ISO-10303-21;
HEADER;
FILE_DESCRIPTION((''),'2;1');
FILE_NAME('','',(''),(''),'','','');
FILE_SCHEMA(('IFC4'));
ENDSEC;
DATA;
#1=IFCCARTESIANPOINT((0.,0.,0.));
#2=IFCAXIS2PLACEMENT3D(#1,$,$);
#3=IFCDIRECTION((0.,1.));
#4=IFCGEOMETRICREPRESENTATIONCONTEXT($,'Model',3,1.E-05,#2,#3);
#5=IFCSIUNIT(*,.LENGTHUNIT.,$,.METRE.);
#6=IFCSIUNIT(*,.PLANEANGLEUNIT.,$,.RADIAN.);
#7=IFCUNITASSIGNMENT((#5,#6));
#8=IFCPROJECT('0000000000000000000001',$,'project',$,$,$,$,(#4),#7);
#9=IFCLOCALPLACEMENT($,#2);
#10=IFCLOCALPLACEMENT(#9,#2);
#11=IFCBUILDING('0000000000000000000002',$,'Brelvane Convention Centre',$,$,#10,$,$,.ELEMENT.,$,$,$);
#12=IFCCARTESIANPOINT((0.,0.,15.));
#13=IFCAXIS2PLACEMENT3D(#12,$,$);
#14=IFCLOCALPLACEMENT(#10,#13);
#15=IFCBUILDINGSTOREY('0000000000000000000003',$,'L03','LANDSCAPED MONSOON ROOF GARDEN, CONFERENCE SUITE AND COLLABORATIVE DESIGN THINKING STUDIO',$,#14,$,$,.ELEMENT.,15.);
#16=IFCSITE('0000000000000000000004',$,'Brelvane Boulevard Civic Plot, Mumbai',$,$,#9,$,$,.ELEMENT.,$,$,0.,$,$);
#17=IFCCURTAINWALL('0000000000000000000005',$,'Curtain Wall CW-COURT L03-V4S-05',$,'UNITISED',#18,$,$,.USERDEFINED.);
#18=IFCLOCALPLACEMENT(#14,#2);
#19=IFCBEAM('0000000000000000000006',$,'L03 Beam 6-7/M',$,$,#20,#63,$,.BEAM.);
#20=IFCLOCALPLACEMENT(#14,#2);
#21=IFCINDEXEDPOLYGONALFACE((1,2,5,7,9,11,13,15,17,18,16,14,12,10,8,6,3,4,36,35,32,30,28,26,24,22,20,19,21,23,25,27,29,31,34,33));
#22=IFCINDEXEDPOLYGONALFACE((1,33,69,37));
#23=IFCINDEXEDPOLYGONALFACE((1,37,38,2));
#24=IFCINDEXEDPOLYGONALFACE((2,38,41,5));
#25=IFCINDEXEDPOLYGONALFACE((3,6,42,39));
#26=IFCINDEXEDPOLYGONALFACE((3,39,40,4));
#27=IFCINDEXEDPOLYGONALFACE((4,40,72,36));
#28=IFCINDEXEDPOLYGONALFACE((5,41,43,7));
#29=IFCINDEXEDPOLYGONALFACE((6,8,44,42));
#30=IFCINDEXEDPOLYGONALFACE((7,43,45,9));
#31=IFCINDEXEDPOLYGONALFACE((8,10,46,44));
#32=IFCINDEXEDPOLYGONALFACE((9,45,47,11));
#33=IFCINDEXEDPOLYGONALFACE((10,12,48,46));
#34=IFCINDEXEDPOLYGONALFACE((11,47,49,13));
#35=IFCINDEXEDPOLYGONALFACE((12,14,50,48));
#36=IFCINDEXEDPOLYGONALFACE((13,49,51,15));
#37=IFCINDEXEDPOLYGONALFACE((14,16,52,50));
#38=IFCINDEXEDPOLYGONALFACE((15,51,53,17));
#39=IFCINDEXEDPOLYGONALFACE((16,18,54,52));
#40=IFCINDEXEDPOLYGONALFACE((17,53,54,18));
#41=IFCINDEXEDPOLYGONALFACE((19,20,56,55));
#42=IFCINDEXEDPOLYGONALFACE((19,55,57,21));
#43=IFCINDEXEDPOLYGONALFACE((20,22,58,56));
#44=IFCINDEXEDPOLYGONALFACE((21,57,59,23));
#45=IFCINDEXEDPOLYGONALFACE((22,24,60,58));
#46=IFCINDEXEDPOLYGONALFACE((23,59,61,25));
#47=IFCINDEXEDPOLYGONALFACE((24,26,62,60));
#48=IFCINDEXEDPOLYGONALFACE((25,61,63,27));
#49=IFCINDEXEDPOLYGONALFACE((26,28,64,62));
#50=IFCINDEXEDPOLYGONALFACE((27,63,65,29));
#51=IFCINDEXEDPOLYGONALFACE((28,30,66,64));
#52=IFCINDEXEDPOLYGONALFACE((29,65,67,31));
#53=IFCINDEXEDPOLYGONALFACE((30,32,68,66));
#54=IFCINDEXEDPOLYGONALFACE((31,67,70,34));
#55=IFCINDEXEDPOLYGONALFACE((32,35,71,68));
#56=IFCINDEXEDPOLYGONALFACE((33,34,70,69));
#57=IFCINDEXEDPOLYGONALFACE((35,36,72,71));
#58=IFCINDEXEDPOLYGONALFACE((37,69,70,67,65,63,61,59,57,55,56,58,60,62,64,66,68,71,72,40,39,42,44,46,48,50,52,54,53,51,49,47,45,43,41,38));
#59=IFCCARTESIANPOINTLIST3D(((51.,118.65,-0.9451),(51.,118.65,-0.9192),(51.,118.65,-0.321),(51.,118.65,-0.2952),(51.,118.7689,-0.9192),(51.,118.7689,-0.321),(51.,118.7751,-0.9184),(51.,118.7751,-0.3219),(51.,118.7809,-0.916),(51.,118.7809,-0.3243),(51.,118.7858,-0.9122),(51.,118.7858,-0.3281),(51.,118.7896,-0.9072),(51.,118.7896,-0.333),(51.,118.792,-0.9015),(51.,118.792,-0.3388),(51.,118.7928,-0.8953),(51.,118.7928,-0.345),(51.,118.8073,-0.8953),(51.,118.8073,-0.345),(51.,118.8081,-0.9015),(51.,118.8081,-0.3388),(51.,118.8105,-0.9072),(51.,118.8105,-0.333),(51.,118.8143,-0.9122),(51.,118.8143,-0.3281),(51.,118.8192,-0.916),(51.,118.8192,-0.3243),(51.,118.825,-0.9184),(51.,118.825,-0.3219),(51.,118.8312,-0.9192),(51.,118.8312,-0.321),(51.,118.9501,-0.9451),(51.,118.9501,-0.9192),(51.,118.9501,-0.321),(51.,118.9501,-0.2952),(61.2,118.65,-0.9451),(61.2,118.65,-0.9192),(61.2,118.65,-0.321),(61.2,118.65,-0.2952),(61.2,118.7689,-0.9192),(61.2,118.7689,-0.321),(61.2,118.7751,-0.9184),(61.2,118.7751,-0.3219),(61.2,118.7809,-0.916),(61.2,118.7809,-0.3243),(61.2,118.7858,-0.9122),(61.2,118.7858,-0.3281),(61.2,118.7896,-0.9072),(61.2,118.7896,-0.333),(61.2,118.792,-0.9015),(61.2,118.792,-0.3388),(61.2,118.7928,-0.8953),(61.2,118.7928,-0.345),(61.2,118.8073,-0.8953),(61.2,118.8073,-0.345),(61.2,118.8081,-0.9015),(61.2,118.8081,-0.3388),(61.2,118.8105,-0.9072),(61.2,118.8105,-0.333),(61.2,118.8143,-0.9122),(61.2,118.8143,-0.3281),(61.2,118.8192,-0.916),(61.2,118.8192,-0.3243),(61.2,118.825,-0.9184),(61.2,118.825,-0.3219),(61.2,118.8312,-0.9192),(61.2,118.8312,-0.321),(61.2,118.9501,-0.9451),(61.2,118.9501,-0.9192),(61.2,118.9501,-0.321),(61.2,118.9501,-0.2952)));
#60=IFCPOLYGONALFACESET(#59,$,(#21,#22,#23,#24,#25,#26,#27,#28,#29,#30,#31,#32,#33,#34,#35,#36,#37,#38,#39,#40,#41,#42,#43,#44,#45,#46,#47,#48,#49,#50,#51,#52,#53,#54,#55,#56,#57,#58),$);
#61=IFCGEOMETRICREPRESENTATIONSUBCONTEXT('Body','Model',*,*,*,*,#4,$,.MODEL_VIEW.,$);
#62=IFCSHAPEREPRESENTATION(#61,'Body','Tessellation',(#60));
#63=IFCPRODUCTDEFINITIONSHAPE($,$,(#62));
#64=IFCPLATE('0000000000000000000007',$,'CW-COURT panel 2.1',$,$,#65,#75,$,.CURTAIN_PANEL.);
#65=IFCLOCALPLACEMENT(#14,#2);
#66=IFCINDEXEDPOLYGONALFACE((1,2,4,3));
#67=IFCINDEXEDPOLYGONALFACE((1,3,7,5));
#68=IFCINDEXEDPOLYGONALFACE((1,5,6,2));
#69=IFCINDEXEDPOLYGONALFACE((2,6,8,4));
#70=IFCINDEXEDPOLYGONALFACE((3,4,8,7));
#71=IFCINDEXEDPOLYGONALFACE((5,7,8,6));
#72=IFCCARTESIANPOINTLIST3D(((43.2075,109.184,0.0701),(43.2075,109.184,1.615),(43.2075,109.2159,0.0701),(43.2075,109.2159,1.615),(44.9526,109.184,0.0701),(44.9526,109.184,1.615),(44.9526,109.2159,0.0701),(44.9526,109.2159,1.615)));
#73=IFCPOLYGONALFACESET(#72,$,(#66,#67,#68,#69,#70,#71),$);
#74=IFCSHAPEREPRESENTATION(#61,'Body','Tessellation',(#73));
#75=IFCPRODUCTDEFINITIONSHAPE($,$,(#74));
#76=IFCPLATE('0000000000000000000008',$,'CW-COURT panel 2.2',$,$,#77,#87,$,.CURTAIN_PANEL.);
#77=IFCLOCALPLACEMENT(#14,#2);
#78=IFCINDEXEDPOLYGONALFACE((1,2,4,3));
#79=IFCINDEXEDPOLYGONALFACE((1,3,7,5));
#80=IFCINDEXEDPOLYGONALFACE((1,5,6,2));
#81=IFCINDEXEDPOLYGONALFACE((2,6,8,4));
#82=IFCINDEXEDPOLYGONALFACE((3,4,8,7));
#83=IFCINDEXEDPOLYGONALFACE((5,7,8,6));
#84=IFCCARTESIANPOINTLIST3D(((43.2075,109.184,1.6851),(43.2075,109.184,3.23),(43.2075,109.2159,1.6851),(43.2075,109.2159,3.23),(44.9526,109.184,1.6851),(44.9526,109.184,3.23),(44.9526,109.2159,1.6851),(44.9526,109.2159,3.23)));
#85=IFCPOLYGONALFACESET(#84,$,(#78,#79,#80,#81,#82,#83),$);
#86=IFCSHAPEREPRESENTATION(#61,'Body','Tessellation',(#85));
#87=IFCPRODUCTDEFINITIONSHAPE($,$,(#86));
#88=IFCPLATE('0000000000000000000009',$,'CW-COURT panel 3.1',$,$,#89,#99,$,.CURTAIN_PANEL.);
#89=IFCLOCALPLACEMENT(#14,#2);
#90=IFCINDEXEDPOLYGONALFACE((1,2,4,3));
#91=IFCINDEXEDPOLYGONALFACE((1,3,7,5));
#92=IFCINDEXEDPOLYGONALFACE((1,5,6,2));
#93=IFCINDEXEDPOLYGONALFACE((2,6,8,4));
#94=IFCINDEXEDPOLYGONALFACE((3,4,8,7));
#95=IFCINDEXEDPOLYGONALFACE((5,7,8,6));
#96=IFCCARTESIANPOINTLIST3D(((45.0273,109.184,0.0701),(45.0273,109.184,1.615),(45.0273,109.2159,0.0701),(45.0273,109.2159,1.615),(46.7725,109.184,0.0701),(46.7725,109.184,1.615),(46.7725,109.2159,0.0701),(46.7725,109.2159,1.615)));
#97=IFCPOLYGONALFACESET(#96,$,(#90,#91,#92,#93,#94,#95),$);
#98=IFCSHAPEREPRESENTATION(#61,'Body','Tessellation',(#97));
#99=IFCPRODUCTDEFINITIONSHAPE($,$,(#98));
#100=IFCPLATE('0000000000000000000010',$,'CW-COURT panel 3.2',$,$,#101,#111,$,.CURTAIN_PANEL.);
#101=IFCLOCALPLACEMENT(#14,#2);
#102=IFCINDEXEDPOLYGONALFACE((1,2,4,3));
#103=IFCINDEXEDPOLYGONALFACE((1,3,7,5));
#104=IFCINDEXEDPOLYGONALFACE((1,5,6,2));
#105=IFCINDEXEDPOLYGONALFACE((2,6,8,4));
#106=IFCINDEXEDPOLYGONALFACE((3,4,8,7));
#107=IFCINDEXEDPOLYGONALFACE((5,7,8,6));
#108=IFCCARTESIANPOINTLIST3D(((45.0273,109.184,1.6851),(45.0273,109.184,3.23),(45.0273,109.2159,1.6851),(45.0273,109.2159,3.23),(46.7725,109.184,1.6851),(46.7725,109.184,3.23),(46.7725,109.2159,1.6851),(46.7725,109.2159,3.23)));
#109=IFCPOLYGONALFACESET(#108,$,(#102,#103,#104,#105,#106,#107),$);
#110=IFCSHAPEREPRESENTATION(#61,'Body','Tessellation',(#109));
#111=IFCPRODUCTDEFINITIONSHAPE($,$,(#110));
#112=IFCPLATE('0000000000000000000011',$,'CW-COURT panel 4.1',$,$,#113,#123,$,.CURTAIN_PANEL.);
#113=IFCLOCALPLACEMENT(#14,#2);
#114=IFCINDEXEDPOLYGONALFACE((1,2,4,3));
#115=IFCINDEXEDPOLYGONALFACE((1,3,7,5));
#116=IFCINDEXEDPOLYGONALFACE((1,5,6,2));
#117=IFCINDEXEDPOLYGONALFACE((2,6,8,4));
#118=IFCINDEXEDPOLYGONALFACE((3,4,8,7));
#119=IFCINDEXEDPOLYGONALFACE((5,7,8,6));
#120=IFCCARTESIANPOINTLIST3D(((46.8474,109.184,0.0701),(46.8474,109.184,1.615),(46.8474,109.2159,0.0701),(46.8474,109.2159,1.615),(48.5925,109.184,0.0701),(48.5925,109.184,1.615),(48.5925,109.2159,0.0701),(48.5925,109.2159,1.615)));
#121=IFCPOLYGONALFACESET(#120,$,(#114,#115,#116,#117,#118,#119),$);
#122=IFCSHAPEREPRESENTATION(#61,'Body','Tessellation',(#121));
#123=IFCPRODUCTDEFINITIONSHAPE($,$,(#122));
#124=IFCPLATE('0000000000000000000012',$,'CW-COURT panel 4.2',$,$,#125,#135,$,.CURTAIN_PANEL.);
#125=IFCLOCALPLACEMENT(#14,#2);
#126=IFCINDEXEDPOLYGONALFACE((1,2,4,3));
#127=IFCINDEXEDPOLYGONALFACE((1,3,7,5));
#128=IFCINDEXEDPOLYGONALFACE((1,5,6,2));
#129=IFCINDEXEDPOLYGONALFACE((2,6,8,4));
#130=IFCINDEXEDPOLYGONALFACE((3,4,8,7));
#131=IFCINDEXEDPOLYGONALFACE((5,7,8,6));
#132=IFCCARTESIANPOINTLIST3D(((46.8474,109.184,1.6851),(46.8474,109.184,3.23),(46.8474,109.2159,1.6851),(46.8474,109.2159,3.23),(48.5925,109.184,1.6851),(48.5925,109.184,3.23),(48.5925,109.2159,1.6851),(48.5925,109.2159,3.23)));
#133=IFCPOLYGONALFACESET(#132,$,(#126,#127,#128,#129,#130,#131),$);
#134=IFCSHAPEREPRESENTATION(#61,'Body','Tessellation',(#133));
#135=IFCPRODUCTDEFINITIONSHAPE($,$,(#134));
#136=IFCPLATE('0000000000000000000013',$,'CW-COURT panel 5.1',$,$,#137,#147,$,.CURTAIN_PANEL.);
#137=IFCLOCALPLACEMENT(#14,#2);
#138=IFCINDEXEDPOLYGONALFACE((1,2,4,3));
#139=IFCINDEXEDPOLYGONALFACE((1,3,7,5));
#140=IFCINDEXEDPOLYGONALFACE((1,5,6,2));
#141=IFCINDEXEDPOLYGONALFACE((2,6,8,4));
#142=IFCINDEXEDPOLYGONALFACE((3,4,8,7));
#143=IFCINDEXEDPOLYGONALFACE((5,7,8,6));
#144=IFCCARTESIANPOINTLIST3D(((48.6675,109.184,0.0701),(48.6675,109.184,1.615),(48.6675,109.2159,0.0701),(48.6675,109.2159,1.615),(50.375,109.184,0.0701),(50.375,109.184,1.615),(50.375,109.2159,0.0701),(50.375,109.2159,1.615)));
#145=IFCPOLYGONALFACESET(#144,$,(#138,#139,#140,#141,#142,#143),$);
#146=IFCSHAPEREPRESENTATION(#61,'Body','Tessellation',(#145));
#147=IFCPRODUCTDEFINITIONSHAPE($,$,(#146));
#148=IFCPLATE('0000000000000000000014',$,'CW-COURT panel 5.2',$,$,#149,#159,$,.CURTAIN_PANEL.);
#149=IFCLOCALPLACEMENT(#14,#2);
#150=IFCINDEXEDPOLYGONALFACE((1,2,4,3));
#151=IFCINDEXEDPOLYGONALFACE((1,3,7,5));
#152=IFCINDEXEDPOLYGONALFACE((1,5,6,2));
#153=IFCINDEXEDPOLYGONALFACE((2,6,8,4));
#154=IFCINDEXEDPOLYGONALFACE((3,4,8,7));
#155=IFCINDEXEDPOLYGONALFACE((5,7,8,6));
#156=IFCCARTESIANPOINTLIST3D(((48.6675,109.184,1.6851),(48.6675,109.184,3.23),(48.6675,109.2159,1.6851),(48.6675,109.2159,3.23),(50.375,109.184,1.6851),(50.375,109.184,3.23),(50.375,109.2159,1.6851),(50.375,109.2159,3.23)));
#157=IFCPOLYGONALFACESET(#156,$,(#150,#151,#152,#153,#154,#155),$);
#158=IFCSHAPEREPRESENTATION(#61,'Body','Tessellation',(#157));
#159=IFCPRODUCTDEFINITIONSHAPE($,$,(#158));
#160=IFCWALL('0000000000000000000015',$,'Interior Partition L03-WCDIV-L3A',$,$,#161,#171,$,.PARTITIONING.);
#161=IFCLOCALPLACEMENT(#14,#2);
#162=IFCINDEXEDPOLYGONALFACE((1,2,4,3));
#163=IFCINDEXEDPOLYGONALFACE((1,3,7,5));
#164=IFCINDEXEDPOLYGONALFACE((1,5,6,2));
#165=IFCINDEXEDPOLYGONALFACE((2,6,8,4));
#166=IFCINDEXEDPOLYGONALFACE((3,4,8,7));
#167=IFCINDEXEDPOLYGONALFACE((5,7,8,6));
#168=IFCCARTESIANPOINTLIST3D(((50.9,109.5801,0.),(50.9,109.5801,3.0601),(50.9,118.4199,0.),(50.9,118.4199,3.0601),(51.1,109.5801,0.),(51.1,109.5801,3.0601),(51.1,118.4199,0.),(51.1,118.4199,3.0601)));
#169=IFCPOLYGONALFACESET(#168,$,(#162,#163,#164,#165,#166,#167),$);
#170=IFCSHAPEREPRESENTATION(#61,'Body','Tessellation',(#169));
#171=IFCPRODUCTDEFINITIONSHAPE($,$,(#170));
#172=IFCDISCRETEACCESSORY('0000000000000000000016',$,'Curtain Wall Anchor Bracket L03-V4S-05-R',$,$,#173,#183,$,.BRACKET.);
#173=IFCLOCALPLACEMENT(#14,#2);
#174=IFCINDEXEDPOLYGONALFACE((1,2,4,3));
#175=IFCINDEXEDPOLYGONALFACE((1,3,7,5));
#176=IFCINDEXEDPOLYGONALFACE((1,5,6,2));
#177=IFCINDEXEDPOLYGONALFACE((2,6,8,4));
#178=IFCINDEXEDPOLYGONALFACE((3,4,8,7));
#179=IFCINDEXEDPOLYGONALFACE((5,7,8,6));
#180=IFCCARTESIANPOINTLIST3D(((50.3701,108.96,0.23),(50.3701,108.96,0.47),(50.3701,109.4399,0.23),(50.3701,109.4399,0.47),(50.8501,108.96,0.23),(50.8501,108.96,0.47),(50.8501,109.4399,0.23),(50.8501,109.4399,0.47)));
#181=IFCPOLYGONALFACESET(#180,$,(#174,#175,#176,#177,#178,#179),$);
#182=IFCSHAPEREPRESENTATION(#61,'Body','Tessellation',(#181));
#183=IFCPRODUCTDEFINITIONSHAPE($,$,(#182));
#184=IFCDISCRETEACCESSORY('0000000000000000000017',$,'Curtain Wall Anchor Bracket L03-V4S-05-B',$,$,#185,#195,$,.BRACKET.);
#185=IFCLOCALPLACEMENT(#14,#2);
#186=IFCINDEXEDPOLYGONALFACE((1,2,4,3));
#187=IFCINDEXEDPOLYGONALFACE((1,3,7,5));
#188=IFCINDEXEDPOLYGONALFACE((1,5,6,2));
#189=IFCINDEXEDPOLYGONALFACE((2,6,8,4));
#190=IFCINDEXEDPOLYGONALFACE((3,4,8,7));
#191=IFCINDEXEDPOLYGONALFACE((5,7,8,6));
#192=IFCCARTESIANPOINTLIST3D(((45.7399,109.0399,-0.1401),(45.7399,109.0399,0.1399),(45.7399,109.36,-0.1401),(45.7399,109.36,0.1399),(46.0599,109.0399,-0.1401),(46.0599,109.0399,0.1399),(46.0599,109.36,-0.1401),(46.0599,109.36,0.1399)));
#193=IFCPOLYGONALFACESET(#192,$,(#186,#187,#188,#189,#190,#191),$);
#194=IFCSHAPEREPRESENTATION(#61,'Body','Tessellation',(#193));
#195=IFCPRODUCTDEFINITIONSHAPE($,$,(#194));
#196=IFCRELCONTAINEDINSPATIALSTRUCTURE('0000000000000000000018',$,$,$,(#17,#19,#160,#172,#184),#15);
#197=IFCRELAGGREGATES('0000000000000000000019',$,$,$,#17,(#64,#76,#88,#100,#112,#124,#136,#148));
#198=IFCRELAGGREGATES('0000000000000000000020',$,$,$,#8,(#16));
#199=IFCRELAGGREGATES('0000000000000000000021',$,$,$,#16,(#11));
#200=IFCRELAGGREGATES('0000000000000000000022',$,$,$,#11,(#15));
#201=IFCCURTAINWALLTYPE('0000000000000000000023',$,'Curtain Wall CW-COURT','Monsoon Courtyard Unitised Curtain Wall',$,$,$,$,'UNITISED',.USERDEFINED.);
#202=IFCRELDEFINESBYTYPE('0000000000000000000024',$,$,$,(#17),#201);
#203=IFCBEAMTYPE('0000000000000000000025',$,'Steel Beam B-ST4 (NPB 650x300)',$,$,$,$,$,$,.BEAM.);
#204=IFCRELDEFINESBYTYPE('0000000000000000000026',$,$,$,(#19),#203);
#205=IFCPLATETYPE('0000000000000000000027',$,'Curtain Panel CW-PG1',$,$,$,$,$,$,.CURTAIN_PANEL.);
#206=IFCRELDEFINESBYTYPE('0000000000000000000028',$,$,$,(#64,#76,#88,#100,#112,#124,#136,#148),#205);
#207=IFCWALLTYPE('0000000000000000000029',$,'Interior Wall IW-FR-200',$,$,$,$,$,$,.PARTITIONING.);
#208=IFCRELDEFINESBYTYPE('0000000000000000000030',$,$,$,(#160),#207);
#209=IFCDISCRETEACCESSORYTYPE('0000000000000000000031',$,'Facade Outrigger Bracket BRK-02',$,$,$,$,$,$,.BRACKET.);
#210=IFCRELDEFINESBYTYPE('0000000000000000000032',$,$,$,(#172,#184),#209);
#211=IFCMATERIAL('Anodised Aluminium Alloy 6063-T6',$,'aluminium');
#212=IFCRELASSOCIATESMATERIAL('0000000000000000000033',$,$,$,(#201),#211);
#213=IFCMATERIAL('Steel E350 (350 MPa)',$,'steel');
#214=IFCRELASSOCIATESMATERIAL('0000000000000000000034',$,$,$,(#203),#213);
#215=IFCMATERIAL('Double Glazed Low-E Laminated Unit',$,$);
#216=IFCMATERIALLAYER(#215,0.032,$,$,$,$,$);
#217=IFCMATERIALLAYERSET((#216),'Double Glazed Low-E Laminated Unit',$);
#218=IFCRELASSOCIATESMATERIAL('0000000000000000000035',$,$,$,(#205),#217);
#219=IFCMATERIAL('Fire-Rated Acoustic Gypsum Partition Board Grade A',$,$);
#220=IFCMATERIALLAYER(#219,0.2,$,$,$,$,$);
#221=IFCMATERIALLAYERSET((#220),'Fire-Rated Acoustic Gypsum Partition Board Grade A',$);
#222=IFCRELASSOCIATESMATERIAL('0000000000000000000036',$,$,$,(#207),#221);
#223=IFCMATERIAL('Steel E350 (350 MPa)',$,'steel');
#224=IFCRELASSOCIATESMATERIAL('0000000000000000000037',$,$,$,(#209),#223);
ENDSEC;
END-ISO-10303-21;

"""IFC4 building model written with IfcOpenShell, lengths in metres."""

from ifc_helpers import new_model, si_unit, direction, frame, frame_2d, origin, origin_2d, place, context, subcontext, project, spatial, rectangle, i_section, extrude, material, layer, layer_set, material_profile, profile_set, type_object, element, aggregate, save


model = new_model("IFC4")

# Units and contexts
model_context = context("Model", 3, precision=1e-05, world=origin(), true_north=direction((0.0, 1.0)))
body_context = subcontext(model_context, "Body", "Model", "MODEL_VIEW")
ifc_project = project(units=[si_unit("LENGTHUNIT", "METRE"), si_unit("PLANEANGLEUNIT", "RADIAN")], contexts=[model_context])

# Site, building, storey
site_placement = place(None, origin())
site = spatial("IfcSite", under=ifc_project, at=site_placement, Name="Brelvane Boulevard Civic Plot, Mumbai", CompositionType="ELEMENT", RefElevation=0.0)
building_placement = place(site_placement, origin())
building = spatial("IfcBuilding", under=site, at=building_placement, Name="Brelvane Convention Centre", CompositionType="ELEMENT")
storey_placement = place(building_placement, frame((0.0, 0.0, 15.0)))
storey = spatial("IfcBuildingStorey", under=building, at=storey_placement, Name="L03", Description="LANDSCAPED MONSOON ROOF GARDEN, CONFERENCE SUITE AND COLLABORATIVE DESIGN THINKING STUDIO", CompositionType="ELEMENT", Elevation=15.0)

# Curtain wall
ifc_material_1 = material(Name="Anodised Aluminium Alloy 6063-T6", Category="aluminium")
curtain_wall_type = type_object("IfcCurtainWallType", Name="Curtain Wall CW-COURT", Description="Monsoon Courtyard Unitised Curtain Wall", ElementType="UNITISED", PredefinedType="USERDEFINED", material=ifc_material_1)
curtain_wall_placement = place(storey_placement, origin())
curtain_wall = element("IfcCurtainWall", 1, at=curtain_wall_placement, inside=storey, type_object=curtain_wall_type, Name="Curtain Wall CW-COURT L03-V4S-05", ObjectType="UNITISED", PredefinedType="USERDEFINED")

# Beam
ifc_material_2 = material(Name="Steel E350 (350 MPa)", Category="steel")
ifc_material_profile_1 = material_profile(ifc_material_2, i_section(OverallWidth=0.3, OverallDepth=0.6499, WebThickness=0.0144, FlangeThickness=0.0259, FilletRadius=0.0239, at=origin_2d()), Name="NPB 650x300")
ifc_profile_set_1 = profile_set([ifc_material_profile_1], Name="Steel E350 (350 MPa)")
beam_type_1 = type_object("IfcBeamType", Name="Steel Beam B-ST4 (NPB 650x300)", PredefinedType="BEAM", material=ifc_profile_set_1)
beam_1_placement = place(storey_placement, frame((51.0, 118.8, -0.6201), z_axis=(1.0, 0.0, 0.0), x_axis=(0.0, 1.0, 0.0)))
element("IfcBeam", 2, at=beam_1_placement, inside=storey, type_object=beam_type_1, Name="L03 Beam 6-7/M", PredefinedType="BEAM", context=body_context, shape_type="SweptSolid", body=[
    extrude(i_section(OverallWidth=0.3, OverallDepth=0.6499, WebThickness=0.0144, FlangeThickness=0.0259, FilletRadius=0.0239, at=origin_2d()), origin(), (0.0, 0.0, 1.0), 10.2),
])

# Plates
ifc_material_3 = material(Name="Double Glazed Low-E Laminated Unit")
ifc_layer_1 = layer(ifc_material_3, 0.032)
ifc_layer_set_1 = layer_set([ifc_layer_1], Name="Double Glazed Low-E Laminated Unit")
plate_type = type_object("IfcPlateType", Name="Curtain Panel CW-PG1", PredefinedType="CURTAIN_PANEL", material=ifc_layer_set_1)
plate_1_placement = place(storey_placement, frame((44.0801, 109.2, 0.0701), z_axis=(0.0, 0.0, 1.0), x_axis=(1.0, 0.0, 0.0)))
plate_1 = element("IfcPlate", 3, at=plate_1_placement, type_object=plate_type, Name="CW-COURT panel 2.1", PredefinedType="CURTAIN_PANEL", context=body_context, shape_type="SweptSolid", body=[
    extrude(rectangle(XDim=1.7451, YDim=0.032, at=origin_2d()), origin(), (0.0, 0.0, 1.0), 1.5449),
])
plate_2_placement = place(storey_placement, frame((44.0801, 109.2, 1.6851), z_axis=(0.0, 0.0, 1.0), x_axis=(1.0, 0.0, 0.0)))
plate_2 = element("IfcPlate", 4, at=plate_2_placement, type_object=plate_type, Name="CW-COURT panel 2.2", PredefinedType="CURTAIN_PANEL", context=body_context, shape_type="SweptSolid", body=[
    extrude(rectangle(XDim=1.7451, YDim=0.032, at=origin_2d()), origin(), (0.0, 0.0, 1.0), 1.5449),
])
plate_3_placement = place(storey_placement, frame((45.8999, 109.2, 0.0701), z_axis=(0.0, 0.0, 1.0), x_axis=(1.0, 0.0, 0.0)))
plate_3 = element("IfcPlate", 5, at=plate_3_placement, type_object=plate_type, Name="CW-COURT panel 3.1", PredefinedType="CURTAIN_PANEL", context=body_context, shape_type="SweptSolid", body=[
    extrude(rectangle(XDim=1.7451, YDim=0.032, at=origin_2d()), origin(), (0.0, 0.0, 1.0), 1.5449),
])
plate_4_placement = place(storey_placement, frame((45.8999, 109.2, 1.6851), z_axis=(0.0, 0.0, 1.0), x_axis=(1.0, 0.0, 0.0)))
plate_4 = element("IfcPlate", 6, at=plate_4_placement, type_object=plate_type, Name="CW-COURT panel 3.2", PredefinedType="CURTAIN_PANEL", context=body_context, shape_type="SweptSolid", body=[
    extrude(rectangle(XDim=1.7451, YDim=0.032, at=origin_2d()), origin(), (0.0, 0.0, 1.0), 1.5449),
])
plate_5_placement = place(storey_placement, frame((47.72, 109.2, 0.0701), z_axis=(0.0, 0.0, 1.0), x_axis=(1.0, 0.0, 0.0)))
plate_5 = element("IfcPlate", 7, at=plate_5_placement, type_object=plate_type, Name="CW-COURT panel 4.1", PredefinedType="CURTAIN_PANEL", context=body_context, shape_type="SweptSolid", body=[
    extrude(rectangle(XDim=1.7451, YDim=0.032, at=origin_2d()), origin(), (0.0, 0.0, 1.0), 1.5449),
])
plate_6_placement = place(storey_placement, frame((47.72, 109.2, 1.6851), z_axis=(0.0, 0.0, 1.0), x_axis=(1.0, 0.0, 0.0)))
plate_6 = element("IfcPlate", 8, at=plate_6_placement, type_object=plate_type, Name="CW-COURT panel 4.2", PredefinedType="CURTAIN_PANEL", context=body_context, shape_type="SweptSolid", body=[
    extrude(rectangle(XDim=1.7451, YDim=0.032, at=origin_2d()), origin(), (0.0, 0.0, 1.0), 1.5449),
])
plate_7_placement = place(storey_placement, frame((49.5212, 109.2, 0.0701), z_axis=(0.0, 0.0, 1.0), x_axis=(1.0, 0.0, 0.0)))
plate_7 = element("IfcPlate", 9, at=plate_7_placement, type_object=plate_type, Name="CW-COURT panel 5.1", PredefinedType="CURTAIN_PANEL", context=body_context, shape_type="SweptSolid", body=[
    extrude(rectangle(XDim=1.7075, YDim=0.032, at=origin_2d()), origin(), (0.0, 0.0, 1.0), 1.5449),
])
plate_8_placement = place(storey_placement, frame((49.5212, 109.2, 1.6851), z_axis=(0.0, 0.0, 1.0), x_axis=(1.0, 0.0, 0.0)))
plate_8 = element("IfcPlate", 10, at=plate_8_placement, type_object=plate_type, Name="CW-COURT panel 5.2", PredefinedType="CURTAIN_PANEL", context=body_context, shape_type="SweptSolid", body=[
    extrude(rectangle(XDim=1.7075, YDim=0.032, at=origin_2d()), origin(), (0.0, 0.0, 1.0), 1.5449),
])
aggregate(curtain_wall, [plate_1, plate_2, plate_3, plate_4, plate_5, plate_6, plate_7, plate_8])

# Wall
ifc_material_4 = material(Name="Fire-Rated Acoustic Gypsum Partition Board Grade A")
ifc_layer_2 = layer(ifc_material_4, 0.2)
ifc_layer_set_2 = layer_set([ifc_layer_2], Name="Fire-Rated Acoustic Gypsum Partition Board Grade A")
wall_type = type_object("IfcWallType", Name="Interior Wall IW-FR-200", PredefinedType="PARTITIONING", material=ifc_layer_set_2)
wall_placement = place(storey_placement, frame((51.0, 109.5801, 0.0), z_axis=(0.0, 0.0, 1.0), x_axis=(0.0, 1.0, 0.0)))
element("IfcWall", 11, at=wall_placement, inside=storey, type_object=wall_type, Name="Interior Partition L03-WCDIV-L3A", PredefinedType="PARTITIONING", context=body_context, shape_type="SweptSolid", body=[
    extrude(rectangle(XDim=8.8398, YDim=0.2, at=frame_2d((4.4199, 0.0))), origin(), (0.0, 0.0, 1.0), 3.0601),
])

# Discrete accessories
ifc_material_5 = material(Name="Steel E350 (350 MPa)", Category="steel")
discrete_accessory_type = type_object("IfcDiscreteAccessoryType", Name="Facade Outrigger Bracket BRK-02", PredefinedType="BRACKET", material=ifc_material_5)
discrete_accessory_1_placement = place(storey_placement, frame((50.6101, 109.2, 0.23), z_axis=(0.0, 0.0, 1.0), x_axis=(1.0, 0.0, 0.0)))
element("IfcDiscreteAccessory", 12, at=discrete_accessory_1_placement, inside=storey, type_object=discrete_accessory_type, Name="Curtain Wall Anchor Bracket L03-V4S-05-R", PredefinedType="BRACKET", context=body_context, shape_type="SweptSolid", body=[
    extrude(rectangle(XDim=0.48, YDim=0.48, at=origin_2d()), origin(), (0.0, 0.0, 1.0), 0.24),
])
discrete_accessory_2_placement = place(storey_placement, frame((45.8999, 109.2, -0.1401), z_axis=(0.0, 0.0, 1.0), x_axis=(1.0, 0.0, 0.0)))
element("IfcDiscreteAccessory", 13, at=discrete_accessory_2_placement, inside=storey, type_object=discrete_accessory_type, Name="Curtain Wall Anchor Bracket L03-V4S-05-B", PredefinedType="BRACKET", context=body_context, shape_type="SweptSolid", body=[
    extrude(rectangle(XDim=0.3201, YDim=0.3201, at=origin_2d()), origin(), (0.0, 0.0, 1.0), 0.28),
])

save(model, "model.ifc")
